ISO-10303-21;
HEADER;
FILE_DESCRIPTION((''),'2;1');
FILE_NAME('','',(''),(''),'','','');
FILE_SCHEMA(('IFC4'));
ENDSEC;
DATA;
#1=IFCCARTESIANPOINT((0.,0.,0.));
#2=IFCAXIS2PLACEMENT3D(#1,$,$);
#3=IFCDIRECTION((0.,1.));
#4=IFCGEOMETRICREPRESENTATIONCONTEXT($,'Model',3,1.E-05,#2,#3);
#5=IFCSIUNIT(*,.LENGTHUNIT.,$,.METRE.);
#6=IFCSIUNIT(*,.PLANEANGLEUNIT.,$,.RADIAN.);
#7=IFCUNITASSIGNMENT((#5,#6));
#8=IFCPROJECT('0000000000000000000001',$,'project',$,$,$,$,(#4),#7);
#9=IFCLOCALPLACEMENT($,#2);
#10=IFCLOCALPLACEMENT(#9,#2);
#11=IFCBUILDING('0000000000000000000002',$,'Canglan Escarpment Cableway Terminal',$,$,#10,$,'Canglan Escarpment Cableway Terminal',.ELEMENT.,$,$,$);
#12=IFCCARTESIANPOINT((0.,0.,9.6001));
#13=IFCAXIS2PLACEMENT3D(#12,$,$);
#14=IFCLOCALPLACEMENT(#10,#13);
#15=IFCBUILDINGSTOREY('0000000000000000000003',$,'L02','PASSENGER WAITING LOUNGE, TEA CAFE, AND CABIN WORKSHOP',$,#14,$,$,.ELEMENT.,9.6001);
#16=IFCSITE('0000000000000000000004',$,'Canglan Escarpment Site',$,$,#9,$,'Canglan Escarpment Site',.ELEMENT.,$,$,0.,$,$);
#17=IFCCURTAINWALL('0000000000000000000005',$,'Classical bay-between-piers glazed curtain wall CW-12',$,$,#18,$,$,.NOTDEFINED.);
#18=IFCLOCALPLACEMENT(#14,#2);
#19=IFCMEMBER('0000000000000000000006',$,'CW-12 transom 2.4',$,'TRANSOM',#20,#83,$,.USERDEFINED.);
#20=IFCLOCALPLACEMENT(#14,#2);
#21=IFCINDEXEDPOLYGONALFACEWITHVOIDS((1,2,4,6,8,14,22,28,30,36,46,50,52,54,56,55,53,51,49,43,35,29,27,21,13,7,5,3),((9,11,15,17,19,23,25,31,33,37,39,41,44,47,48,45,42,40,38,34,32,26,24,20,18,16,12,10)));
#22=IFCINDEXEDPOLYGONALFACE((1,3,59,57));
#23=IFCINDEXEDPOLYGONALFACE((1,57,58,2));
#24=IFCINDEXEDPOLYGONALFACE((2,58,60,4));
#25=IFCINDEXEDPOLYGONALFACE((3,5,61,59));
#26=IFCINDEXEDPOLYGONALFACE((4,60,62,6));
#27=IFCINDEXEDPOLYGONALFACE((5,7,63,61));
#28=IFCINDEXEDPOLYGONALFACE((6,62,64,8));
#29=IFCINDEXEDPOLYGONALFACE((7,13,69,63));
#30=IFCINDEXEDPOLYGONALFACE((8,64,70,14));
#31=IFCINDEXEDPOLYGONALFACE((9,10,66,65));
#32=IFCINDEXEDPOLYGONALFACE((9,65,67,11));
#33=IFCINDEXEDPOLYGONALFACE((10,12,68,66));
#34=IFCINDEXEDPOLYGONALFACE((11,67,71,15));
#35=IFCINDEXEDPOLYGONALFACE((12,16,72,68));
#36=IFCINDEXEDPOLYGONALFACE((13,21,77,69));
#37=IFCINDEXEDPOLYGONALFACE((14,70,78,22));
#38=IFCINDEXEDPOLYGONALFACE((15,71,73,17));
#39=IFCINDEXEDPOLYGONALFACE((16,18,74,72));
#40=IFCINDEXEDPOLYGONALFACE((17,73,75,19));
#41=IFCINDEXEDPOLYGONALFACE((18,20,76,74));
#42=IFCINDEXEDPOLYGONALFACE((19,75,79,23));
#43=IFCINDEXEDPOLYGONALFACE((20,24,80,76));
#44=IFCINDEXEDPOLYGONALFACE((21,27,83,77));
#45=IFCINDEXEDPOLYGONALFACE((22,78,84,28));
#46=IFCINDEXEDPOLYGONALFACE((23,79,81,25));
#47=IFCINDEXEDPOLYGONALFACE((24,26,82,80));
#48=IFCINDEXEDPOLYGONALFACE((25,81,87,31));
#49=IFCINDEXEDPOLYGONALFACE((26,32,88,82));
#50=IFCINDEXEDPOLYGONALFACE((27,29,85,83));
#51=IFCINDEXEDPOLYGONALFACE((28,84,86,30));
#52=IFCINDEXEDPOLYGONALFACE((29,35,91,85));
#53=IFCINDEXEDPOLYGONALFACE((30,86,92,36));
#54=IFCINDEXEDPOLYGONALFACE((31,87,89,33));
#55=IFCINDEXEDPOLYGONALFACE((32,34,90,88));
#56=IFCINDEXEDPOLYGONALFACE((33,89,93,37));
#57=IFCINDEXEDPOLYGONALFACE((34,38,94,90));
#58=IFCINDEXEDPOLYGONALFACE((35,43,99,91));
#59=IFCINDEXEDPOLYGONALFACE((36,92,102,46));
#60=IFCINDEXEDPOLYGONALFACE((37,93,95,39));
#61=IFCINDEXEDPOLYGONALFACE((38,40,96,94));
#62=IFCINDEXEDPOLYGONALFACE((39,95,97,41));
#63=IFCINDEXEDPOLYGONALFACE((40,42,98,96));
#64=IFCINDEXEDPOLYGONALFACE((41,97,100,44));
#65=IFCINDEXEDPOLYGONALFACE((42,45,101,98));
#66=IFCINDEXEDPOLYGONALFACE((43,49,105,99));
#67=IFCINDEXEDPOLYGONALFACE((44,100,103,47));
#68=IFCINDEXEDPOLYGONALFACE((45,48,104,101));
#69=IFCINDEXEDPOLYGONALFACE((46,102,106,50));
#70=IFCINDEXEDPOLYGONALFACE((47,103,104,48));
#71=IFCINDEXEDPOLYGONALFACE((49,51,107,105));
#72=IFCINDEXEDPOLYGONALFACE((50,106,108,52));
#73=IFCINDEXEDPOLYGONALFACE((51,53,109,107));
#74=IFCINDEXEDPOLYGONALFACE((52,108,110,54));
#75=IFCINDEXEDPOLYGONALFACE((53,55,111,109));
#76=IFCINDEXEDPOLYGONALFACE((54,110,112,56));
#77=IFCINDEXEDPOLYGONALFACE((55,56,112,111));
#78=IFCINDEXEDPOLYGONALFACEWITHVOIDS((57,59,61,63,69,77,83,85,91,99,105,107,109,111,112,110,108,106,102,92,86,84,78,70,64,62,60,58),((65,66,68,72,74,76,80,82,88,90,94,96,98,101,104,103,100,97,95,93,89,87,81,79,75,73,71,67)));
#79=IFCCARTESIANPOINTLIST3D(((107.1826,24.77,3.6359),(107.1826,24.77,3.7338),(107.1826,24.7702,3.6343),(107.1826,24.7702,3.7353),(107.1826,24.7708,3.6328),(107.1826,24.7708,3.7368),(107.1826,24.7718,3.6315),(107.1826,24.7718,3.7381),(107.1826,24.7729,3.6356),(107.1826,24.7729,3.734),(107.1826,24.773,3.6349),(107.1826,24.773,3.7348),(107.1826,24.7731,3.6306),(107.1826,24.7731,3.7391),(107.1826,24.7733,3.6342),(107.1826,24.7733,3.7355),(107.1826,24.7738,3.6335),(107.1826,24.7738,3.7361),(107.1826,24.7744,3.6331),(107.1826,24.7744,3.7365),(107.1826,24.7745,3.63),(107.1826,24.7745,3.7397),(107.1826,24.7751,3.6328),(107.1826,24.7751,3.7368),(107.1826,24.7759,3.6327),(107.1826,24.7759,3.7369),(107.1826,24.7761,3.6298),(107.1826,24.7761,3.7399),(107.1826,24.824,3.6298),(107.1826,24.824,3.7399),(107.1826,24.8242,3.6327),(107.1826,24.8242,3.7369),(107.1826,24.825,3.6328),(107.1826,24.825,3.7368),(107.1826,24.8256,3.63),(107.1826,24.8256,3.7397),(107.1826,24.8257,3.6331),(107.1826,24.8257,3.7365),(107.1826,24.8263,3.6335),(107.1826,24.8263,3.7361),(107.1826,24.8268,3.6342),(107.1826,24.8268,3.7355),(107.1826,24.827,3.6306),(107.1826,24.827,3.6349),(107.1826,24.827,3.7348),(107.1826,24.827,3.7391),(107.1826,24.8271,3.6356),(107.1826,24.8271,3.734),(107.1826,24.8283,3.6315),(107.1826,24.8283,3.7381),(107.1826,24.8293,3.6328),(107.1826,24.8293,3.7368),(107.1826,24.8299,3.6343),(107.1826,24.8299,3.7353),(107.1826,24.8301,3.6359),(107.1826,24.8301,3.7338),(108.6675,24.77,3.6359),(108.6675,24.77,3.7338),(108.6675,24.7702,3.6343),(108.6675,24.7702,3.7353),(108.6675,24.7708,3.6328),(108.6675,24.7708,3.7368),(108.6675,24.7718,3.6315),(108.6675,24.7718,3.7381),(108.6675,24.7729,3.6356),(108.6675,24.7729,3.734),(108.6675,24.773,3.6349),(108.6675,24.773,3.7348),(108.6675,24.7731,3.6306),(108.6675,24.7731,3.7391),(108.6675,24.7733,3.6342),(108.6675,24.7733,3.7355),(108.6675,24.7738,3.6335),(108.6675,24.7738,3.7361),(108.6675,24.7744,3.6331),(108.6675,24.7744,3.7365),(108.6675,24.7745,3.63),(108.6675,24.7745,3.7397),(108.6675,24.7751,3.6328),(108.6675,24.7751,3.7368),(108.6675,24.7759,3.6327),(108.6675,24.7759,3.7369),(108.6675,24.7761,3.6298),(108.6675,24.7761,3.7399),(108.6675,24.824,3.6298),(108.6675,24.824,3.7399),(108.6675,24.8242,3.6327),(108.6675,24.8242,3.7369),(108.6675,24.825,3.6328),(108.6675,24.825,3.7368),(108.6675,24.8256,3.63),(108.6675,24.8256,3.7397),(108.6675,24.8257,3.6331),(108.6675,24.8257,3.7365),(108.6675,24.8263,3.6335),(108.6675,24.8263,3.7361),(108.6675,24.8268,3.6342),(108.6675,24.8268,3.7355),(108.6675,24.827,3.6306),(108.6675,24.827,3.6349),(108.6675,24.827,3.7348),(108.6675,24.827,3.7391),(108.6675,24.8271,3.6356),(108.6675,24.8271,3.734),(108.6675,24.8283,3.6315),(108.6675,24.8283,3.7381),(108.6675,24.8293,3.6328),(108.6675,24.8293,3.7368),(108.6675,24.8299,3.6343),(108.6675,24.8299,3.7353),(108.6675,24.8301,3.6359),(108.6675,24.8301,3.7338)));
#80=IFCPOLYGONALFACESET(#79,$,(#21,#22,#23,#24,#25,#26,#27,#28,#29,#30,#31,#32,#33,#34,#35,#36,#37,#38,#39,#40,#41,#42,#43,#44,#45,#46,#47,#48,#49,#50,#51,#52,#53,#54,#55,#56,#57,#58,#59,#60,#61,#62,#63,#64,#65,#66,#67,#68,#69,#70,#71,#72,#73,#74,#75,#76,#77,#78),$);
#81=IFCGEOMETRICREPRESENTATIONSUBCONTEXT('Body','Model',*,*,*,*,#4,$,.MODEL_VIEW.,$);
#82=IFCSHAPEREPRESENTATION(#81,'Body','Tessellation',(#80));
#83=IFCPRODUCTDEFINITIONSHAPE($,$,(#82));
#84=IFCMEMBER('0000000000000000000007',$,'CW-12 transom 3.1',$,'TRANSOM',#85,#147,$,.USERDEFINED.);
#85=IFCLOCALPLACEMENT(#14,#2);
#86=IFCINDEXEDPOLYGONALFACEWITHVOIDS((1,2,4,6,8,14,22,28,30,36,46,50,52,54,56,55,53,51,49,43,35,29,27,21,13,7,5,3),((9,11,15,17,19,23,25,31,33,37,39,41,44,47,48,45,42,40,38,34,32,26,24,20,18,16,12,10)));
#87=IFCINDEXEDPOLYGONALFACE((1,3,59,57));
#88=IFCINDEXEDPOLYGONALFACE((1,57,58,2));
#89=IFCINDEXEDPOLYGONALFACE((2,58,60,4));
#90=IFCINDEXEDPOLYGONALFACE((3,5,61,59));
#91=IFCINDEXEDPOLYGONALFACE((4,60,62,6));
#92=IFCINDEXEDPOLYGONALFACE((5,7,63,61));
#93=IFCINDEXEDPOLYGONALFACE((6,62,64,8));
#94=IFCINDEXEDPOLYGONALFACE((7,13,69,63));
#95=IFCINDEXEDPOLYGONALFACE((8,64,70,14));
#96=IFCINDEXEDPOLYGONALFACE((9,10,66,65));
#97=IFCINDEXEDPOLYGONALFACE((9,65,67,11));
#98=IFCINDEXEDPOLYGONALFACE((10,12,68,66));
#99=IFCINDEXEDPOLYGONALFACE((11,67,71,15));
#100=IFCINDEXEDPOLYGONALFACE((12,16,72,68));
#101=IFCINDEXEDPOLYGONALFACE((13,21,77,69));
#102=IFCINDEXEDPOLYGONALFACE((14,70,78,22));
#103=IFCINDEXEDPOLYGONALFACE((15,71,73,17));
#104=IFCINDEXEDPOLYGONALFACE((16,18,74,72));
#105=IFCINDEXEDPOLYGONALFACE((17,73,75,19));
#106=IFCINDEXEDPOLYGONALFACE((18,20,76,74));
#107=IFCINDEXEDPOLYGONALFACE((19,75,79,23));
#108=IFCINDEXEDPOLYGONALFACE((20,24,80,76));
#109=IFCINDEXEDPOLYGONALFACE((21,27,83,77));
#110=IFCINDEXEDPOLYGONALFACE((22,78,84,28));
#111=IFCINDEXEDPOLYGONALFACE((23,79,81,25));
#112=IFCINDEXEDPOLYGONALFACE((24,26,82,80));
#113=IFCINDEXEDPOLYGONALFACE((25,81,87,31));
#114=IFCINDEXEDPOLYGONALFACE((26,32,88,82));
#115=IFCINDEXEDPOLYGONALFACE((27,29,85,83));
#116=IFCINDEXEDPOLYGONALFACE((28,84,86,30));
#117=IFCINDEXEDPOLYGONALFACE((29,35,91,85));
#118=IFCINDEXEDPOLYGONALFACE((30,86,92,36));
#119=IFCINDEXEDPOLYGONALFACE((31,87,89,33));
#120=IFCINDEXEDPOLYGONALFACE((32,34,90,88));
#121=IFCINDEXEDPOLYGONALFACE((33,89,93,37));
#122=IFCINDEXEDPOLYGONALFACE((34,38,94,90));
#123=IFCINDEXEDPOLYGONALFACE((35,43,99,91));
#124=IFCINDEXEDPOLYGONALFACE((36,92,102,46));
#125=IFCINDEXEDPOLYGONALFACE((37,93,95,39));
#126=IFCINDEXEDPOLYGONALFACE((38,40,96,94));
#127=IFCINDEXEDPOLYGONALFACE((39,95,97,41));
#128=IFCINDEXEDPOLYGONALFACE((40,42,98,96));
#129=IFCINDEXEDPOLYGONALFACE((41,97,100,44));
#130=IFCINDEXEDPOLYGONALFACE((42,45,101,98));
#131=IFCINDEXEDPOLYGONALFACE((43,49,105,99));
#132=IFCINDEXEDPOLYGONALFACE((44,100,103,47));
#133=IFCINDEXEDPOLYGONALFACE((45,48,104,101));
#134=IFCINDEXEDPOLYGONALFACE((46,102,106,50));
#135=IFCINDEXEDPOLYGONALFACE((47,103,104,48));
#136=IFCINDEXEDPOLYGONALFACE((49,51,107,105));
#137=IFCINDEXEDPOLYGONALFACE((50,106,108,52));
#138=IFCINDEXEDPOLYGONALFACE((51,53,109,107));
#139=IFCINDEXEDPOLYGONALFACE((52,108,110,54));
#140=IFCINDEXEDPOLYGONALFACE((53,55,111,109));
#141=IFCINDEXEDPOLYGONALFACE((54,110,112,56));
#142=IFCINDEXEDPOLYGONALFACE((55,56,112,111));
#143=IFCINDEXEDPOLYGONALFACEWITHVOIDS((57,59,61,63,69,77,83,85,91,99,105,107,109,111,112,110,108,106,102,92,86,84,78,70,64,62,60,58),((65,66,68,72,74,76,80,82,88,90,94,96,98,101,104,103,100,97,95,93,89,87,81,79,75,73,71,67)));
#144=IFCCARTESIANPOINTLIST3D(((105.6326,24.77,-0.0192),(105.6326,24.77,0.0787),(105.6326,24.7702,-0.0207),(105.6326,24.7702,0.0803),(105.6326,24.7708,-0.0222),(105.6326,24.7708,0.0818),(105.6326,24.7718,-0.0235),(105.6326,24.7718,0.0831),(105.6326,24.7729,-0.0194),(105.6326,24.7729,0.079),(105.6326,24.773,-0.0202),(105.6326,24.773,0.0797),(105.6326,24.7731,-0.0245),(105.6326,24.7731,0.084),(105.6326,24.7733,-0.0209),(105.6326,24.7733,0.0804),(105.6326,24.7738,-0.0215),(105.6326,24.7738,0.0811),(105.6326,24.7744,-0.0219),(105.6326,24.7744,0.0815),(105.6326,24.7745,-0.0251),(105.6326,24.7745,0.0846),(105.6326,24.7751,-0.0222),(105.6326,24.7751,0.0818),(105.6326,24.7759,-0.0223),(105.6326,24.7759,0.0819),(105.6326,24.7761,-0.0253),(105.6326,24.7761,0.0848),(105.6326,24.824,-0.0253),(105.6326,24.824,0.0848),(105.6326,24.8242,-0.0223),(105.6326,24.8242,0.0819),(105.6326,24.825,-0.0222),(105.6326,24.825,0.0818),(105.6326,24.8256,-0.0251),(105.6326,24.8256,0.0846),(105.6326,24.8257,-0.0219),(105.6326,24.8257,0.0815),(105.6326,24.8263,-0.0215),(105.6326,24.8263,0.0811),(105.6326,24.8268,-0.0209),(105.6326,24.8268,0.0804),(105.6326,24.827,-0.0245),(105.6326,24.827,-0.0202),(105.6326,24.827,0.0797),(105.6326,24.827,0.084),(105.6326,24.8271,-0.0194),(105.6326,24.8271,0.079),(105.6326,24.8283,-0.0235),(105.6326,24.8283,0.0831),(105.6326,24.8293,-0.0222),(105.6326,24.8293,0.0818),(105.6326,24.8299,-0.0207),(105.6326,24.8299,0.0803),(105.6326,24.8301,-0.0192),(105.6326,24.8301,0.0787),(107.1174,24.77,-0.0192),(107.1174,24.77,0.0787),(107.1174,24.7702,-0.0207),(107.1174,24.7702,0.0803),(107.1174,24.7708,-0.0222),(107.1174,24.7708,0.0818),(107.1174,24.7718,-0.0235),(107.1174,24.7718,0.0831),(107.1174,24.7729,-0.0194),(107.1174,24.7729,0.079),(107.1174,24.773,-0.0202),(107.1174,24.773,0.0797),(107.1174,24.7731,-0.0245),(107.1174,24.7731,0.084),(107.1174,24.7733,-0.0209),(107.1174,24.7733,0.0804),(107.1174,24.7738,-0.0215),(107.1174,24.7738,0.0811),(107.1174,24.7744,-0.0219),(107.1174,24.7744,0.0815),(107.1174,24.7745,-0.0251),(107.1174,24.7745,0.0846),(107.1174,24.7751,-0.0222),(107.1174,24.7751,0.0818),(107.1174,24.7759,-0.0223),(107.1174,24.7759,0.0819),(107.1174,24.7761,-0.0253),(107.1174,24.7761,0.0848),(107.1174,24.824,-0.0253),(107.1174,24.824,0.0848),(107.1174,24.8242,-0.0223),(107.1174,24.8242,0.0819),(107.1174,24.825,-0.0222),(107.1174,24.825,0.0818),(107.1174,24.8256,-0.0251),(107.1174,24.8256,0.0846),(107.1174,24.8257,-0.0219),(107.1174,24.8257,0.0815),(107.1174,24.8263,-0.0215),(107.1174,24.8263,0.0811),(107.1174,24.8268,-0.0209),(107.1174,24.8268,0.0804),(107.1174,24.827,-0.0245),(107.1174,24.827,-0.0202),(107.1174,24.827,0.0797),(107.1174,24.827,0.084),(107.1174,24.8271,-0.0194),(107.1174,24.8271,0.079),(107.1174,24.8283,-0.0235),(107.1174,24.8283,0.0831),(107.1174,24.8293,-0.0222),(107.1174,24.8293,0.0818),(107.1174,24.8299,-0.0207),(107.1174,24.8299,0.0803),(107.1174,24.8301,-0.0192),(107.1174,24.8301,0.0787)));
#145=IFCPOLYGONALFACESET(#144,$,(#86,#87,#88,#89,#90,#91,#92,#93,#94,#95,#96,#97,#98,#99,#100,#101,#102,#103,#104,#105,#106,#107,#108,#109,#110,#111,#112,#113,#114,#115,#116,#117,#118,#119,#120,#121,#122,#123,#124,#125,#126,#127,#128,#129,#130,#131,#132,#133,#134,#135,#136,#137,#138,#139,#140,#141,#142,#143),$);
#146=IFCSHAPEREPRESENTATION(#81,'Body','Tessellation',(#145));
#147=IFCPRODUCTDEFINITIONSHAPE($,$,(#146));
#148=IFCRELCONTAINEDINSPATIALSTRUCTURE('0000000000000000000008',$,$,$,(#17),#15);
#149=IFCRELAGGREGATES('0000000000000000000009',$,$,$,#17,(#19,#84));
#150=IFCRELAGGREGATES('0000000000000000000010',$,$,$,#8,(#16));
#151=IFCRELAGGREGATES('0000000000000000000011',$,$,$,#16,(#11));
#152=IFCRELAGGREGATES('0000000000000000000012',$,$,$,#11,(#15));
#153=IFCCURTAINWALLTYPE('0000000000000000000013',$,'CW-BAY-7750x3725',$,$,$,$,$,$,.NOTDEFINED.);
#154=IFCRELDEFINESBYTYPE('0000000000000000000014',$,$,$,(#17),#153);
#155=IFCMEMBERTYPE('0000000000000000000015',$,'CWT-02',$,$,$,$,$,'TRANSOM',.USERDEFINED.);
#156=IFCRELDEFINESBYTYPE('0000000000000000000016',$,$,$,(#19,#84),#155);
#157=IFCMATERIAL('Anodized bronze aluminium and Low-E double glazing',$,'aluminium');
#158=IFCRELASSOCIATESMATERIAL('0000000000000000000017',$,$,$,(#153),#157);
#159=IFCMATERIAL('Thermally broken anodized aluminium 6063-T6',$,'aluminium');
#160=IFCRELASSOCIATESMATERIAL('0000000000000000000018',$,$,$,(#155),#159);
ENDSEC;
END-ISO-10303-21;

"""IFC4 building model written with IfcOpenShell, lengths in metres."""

from ifc_helpers import new_model, si_unit, direction, frame, origin, origin_2d, place, context, subcontext, project, spatial, hollow_rectangle, extrude, material, material_profile, profile_set, type_object, element, aggregate, save


model = new_model("IFC4")

# Units and contexts
model_context = context("Model", 3, precision=1e-05, world=origin(), true_north=direction((0.0, 1.0)))
body_context = subcontext(model_context, "Body", "Model", "MODEL_VIEW")
ifc_project = project(units=[si_unit("LENGTHUNIT", "METRE"), si_unit("PLANEANGLEUNIT", "RADIAN")], contexts=[model_context])

# Site, building, storey
site_placement = place(None, origin())
site = spatial("IfcSite", under=ifc_project, at=site_placement, Name="Canglan Escarpment Site", LongName="Canglan Escarpment Site", CompositionType="ELEMENT", RefElevation=0.0)
building_placement = place(site_placement, origin())
building = spatial("IfcBuilding", under=site, at=building_placement, Name="Canglan Escarpment Cableway Terminal", LongName="Canglan Escarpment Cableway Terminal", CompositionType="ELEMENT")
storey_placement = place(building_placement, frame((0.0, 0.0, 9.6001)))
storey = spatial("IfcBuildingStorey", under=building, at=storey_placement, Name="L02", Description="PASSENGER WAITING LOUNGE, TEA CAFE, AND CABIN WORKSHOP", CompositionType="ELEMENT", Elevation=9.6001)

# Curtain wall, members
ifc_material_1 = material(Name="Anodized bronze aluminium and Low-E double glazing", Category="aluminium")
curtain_wall_type = type_object("IfcCurtainWallType", Name="CW-BAY-7750x3725", PredefinedType="NOTDEFINED", material=ifc_material_1)
curtain_wall_placement = place(storey_placement, origin())
curtain_wall = element("IfcCurtainWall", 1, at=curtain_wall_placement, inside=storey, type_object=curtain_wall_type, Name="Classical bay-between-piers glazed curtain wall CW-12", PredefinedType="NOTDEFINED")
ifc_material_2 = material(Name="Thermally broken anodized aluminium 6063-T6", Category="aluminium")
ifc_material_profile_1 = material_profile(ifc_material_2, hollow_rectangle(XDim=0.0601, YDim=0.1101, WallThickness=0.0029, InnerFilletRadius=0.0029, OuterFilletRadius=0.0061, at=origin_2d()), Name="ALU-TRAN 60x110x3")
ifc_profile_set_1 = profile_set([ifc_material_profile_1], Name="Thermally broken anodized aluminium 6063-T6")
member_type_1 = type_object("IfcMemberType", Name="CWT-02", ElementType="TRANSOM", PredefinedType="USERDEFINED", material=ifc_profile_set_1)
member_1_placement = place(storey_placement, frame((108.6675, 24.8, 3.6848), z_axis=(-1.0, 0.0, 0.0), x_axis=(0.0, -1.0, 0.0)))
member_1 = element("IfcMember", 2, at=member_1_placement, type_object=member_type_1, Name="CW-12 transom 2.4", ObjectType="TRANSOM", PredefinedType="USERDEFINED", context=body_context, shape_type="SweptSolid", body=[
    extrude(hollow_rectangle(XDim=0.0601, YDim=0.1101, WallThickness=0.0029, InnerFilletRadius=0.0029, OuterFilletRadius=0.0061, at=origin_2d()), origin(), (0.0, 0.0, 1.0), 1.4849),
])
member_2_placement = place(storey_placement, frame((107.1174, 24.8, 0.0298), z_axis=(-1.0, 0.0, 0.0), x_axis=(0.0, -1.0, 0.0)))
member_2 = element("IfcMember", 3, at=member_2_placement, type_object=member_type_1, Name="CW-12 transom 3.1", ObjectType="TRANSOM", PredefinedType="USERDEFINED", context=body_context, shape_type="SweptSolid", body=[
    extrude(hollow_rectangle(XDim=0.0601, YDim=0.1101, WallThickness=0.0029, InnerFilletRadius=0.0029, OuterFilletRadius=0.0061, at=origin_2d()), origin(), (0.0, 0.0, 1.0), 1.4849),
])
aggregate(curtain_wall, [member_1, member_2])

save(model, "model.ifc")
